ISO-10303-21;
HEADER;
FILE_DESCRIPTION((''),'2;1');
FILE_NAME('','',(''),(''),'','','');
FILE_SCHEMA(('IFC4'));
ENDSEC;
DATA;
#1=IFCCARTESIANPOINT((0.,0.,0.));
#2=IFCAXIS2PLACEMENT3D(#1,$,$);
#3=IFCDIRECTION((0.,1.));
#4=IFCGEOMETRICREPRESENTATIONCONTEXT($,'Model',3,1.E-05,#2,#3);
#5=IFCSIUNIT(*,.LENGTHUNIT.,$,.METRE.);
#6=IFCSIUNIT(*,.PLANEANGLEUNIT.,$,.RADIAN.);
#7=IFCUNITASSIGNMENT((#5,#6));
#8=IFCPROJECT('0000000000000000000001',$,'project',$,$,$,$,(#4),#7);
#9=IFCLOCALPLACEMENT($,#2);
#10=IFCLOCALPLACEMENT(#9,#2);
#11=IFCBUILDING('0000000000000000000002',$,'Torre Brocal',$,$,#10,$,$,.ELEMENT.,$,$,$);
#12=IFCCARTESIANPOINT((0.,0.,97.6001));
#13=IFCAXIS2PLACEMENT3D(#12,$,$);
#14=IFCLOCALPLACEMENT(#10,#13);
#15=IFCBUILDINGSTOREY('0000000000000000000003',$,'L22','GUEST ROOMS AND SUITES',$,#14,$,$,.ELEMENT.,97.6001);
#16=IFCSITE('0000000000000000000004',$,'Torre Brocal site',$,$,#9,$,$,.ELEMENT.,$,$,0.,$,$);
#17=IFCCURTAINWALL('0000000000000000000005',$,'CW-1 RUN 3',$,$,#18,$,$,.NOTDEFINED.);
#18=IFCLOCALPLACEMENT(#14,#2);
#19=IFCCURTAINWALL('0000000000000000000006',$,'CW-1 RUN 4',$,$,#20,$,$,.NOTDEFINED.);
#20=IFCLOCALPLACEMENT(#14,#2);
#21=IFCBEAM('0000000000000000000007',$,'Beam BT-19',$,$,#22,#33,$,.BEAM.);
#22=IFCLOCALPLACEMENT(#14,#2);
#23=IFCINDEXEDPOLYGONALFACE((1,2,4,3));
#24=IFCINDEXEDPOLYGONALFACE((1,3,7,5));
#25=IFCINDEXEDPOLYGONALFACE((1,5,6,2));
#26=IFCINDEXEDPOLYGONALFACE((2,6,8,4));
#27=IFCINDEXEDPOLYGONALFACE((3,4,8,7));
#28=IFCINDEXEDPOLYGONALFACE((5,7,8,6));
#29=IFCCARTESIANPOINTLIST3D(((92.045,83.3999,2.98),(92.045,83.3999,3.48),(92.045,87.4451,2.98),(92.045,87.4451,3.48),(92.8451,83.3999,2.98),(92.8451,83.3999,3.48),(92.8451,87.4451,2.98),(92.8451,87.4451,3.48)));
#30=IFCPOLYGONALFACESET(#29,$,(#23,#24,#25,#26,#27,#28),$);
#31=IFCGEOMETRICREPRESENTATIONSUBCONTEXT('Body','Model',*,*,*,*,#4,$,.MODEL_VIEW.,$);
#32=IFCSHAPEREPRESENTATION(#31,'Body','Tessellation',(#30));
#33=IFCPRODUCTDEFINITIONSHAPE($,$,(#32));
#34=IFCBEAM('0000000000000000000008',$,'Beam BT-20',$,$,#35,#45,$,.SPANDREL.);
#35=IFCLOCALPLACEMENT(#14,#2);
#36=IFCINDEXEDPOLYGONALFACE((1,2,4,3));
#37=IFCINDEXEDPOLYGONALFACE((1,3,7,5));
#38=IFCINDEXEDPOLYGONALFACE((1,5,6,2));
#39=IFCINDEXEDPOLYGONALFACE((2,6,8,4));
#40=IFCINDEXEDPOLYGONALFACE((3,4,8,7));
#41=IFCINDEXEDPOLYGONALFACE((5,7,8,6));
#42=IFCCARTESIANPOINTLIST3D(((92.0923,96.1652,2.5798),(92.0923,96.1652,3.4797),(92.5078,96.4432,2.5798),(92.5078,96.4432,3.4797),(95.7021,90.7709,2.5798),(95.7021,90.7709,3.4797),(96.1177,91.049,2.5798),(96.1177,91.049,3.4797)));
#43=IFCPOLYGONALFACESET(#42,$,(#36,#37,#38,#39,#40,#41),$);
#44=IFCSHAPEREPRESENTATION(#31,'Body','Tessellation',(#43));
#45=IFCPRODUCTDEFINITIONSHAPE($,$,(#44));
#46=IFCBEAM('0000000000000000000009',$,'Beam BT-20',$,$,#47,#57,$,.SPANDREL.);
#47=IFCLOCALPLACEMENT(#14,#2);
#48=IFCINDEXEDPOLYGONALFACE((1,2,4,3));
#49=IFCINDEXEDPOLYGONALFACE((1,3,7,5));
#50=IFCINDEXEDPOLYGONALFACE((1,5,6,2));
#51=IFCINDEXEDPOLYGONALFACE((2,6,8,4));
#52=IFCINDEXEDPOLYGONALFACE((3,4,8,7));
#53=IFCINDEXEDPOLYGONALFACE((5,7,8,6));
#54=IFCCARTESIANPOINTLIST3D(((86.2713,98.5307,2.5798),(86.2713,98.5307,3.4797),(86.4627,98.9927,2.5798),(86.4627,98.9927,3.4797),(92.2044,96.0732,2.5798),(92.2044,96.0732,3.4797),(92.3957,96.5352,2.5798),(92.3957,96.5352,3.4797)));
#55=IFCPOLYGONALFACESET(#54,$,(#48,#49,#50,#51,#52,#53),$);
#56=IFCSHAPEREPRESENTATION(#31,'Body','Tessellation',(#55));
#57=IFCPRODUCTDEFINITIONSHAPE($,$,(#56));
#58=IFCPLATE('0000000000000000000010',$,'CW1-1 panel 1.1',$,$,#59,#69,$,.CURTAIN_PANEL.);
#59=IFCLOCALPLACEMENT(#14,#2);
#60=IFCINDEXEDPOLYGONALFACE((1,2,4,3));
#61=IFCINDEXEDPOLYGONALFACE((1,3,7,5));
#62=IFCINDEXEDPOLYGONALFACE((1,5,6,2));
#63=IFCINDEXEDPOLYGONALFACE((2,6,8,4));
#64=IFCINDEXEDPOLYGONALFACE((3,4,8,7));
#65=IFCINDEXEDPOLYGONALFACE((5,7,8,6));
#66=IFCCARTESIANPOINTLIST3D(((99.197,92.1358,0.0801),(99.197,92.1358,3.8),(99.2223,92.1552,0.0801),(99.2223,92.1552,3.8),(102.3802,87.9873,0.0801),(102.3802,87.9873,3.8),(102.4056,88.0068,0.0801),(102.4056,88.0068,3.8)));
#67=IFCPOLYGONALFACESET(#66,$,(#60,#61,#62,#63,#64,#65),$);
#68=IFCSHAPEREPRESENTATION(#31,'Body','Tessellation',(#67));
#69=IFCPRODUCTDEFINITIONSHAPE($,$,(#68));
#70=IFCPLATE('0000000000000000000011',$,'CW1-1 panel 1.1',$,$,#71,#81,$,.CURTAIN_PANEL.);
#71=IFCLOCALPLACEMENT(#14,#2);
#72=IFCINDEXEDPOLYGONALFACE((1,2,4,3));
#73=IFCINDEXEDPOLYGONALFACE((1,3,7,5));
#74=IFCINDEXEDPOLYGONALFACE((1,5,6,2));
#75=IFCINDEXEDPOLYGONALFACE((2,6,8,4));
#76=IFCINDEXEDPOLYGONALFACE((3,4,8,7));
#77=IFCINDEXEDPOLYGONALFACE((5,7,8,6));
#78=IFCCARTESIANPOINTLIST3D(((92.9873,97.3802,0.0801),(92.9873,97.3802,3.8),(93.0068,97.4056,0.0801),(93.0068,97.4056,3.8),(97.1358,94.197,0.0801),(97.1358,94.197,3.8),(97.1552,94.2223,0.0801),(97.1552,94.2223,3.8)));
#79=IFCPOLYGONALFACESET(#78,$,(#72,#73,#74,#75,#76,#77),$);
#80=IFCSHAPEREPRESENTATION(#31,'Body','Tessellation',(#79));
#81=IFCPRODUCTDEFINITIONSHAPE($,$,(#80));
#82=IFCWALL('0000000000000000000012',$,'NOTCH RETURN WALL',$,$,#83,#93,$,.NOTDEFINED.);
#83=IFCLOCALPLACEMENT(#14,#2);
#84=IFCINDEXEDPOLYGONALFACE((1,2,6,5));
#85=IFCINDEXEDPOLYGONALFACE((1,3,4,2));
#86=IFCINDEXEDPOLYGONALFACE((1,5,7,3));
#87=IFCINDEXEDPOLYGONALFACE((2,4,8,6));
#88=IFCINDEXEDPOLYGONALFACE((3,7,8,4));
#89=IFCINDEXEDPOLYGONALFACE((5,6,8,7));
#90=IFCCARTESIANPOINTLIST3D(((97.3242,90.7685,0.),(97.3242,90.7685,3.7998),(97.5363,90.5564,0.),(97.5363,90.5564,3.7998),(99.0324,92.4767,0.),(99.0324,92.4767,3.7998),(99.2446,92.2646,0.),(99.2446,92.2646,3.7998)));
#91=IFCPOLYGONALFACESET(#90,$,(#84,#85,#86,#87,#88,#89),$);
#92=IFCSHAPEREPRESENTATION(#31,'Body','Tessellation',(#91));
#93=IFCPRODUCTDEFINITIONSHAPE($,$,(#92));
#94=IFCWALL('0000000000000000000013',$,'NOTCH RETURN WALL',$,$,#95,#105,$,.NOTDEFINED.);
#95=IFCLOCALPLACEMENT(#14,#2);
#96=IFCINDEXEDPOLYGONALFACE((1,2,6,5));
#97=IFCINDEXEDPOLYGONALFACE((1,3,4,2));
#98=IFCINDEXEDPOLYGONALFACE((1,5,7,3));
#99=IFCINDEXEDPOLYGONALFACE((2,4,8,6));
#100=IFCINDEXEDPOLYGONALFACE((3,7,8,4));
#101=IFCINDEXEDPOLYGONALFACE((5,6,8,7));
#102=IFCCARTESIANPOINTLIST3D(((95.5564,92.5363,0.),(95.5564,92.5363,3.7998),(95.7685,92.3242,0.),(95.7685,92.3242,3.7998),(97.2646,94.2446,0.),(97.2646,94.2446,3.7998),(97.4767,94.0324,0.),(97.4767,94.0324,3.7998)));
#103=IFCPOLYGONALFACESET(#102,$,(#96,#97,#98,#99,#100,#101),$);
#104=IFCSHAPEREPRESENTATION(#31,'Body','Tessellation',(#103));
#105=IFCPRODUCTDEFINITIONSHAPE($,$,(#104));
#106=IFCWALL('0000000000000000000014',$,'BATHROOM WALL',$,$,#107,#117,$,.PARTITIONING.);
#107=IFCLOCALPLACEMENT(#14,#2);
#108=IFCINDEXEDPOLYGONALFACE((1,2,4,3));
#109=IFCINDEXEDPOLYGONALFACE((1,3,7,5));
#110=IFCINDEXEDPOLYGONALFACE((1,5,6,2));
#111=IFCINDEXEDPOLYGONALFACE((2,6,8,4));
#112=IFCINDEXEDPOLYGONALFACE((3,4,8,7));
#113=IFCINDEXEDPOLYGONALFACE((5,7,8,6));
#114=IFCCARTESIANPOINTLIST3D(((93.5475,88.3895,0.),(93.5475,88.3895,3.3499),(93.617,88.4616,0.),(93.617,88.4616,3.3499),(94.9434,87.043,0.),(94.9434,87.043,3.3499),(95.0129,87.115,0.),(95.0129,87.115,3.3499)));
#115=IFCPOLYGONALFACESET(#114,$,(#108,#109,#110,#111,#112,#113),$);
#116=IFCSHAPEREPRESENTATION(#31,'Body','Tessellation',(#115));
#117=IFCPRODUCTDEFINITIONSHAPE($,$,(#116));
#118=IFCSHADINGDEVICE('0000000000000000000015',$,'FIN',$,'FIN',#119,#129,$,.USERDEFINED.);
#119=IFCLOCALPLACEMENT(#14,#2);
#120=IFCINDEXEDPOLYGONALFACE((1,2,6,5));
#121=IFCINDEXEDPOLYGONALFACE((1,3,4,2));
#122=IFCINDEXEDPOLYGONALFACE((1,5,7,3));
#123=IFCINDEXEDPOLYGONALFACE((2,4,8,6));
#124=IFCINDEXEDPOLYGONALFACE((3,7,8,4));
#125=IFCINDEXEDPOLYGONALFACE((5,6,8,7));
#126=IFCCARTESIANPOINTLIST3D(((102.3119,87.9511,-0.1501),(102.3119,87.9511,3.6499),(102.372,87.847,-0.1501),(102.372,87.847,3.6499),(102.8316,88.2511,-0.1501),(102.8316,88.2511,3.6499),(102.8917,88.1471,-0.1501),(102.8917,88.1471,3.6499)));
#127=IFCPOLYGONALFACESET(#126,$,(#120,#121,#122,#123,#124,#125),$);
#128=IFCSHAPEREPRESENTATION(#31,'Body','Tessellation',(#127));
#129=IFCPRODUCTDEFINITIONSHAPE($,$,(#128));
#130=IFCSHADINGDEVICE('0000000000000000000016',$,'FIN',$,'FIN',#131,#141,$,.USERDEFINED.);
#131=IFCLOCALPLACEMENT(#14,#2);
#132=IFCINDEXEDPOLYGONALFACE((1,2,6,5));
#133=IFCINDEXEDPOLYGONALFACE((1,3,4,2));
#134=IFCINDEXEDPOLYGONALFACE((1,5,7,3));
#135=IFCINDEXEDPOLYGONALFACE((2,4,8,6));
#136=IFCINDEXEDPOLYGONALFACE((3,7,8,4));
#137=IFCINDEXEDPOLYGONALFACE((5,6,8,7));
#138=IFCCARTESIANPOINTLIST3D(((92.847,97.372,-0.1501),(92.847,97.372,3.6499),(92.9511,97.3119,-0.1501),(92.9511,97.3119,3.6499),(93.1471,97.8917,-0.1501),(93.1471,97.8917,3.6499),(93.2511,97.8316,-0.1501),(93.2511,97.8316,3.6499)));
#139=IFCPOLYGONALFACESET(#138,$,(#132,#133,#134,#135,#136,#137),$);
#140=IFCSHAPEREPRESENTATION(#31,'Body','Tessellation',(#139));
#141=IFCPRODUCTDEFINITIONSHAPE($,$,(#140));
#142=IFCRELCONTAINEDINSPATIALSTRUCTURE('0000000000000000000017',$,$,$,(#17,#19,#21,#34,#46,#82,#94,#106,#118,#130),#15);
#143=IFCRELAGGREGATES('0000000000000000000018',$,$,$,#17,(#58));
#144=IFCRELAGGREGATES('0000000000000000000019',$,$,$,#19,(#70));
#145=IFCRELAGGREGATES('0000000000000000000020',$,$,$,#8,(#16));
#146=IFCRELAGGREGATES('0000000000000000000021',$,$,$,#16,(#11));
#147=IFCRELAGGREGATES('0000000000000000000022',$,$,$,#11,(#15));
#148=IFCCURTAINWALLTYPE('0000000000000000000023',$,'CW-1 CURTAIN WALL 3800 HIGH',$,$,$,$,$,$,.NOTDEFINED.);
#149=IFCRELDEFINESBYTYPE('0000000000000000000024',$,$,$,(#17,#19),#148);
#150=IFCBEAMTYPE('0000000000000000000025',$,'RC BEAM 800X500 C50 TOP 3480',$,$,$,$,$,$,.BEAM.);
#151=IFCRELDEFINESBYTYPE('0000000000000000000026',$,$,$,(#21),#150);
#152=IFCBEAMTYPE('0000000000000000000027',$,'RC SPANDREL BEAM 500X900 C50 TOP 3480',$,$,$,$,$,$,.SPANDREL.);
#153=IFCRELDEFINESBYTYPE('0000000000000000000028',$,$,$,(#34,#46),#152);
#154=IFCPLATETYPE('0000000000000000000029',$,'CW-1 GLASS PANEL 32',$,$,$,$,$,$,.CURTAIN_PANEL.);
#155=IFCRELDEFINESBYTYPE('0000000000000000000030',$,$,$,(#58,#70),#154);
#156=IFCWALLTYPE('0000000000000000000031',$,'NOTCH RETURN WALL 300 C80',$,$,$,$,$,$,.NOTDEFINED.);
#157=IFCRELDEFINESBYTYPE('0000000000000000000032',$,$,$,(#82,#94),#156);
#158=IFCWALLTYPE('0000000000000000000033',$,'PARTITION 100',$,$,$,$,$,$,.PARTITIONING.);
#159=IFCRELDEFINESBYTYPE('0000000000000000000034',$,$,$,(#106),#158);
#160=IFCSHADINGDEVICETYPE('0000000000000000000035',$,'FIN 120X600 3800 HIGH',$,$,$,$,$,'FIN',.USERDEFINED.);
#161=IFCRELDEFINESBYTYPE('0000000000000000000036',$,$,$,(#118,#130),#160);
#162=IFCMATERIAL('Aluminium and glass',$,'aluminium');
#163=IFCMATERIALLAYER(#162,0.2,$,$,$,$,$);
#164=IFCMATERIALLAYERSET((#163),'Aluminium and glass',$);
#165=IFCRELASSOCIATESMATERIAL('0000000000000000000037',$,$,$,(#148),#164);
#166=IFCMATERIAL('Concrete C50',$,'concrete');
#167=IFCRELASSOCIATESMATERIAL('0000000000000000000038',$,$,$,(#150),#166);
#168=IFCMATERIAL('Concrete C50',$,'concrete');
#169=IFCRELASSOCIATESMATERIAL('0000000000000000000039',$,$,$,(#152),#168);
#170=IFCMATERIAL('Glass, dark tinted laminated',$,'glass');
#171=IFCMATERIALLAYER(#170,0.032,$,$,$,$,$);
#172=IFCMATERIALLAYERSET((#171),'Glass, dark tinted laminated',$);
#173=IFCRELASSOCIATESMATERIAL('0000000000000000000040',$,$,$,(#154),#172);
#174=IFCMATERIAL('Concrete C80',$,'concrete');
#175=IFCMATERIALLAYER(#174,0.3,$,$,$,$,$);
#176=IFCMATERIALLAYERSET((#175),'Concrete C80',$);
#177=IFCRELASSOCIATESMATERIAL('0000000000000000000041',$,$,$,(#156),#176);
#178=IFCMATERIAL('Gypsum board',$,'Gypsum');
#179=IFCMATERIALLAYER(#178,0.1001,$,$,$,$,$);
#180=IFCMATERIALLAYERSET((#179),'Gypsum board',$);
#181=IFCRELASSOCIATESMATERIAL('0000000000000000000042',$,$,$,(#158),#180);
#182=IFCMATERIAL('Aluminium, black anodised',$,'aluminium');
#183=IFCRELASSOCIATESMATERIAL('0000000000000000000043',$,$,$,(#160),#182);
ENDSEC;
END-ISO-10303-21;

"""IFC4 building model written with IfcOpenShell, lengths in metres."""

from ifc_helpers import new_model, si_unit, direction, frame, frame_2d, origin, origin_2d, place, context, subcontext, project, spatial, rectangle, extrude, material, layer, layer_set, material_profile, profile_set, type_object, element, aggregate, save


model = new_model("IFC4")

# Units and contexts
model_context = context("Model", 3, precision=1e-05, world=origin(), true_north=direction((0.0, 1.0)))
body_context = subcontext(model_context, "Body", "Model", "MODEL_VIEW")
ifc_project = project(units=[si_unit("LENGTHUNIT", "METRE"), si_unit("PLANEANGLEUNIT", "RADIAN")], contexts=[model_context])

# Site, building, storey
site_placement = place(None, origin())
site = spatial("IfcSite", under=ifc_project, at=site_placement, Name="Torre Brocal site", CompositionType="ELEMENT", RefElevation=0.0)
building_placement = place(site_placement, origin())
building = spatial("IfcBuilding", under=site, at=building_placement, Name="Torre Brocal", CompositionType="ELEMENT")
storey_placement = place(building_placement, frame((0.0, 0.0, 97.6001)))
storey = spatial("IfcBuildingStorey", under=building, at=storey_placement, Name="L22", Description="GUEST ROOMS AND SUITES", CompositionType="ELEMENT", Elevation=97.6001)

# Shared definitions
ifc_material_1 = material(Name="Aluminium and glass", Category="aluminium")
ifc_layer_1 = layer(ifc_material_1, 0.2)
ifc_layer_set_1 = layer_set([ifc_layer_1], Name="Aluminium and glass")
curtain_wall_type = type_object("IfcCurtainWallType", Name="CW-1 CURTAIN WALL 3800 HIGH", PredefinedType="NOTDEFINED", material=ifc_layer_set_1)

# Curtain walls
curtain_wall_1_placement = place(storey_placement, origin())
curtain_wall_1 = element("IfcCurtainWall", 1, at=curtain_wall_1_placement, inside=storey, type_object=curtain_wall_type, Name="CW-1 RUN 3", PredefinedType="NOTDEFINED")
curtain_wall_2_placement = place(storey_placement, origin())
curtain_wall_2 = element("IfcCurtainWall", 2, at=curtain_wall_2_placement, inside=storey, type_object=curtain_wall_type, Name="CW-1 RUN 4", PredefinedType="NOTDEFINED")

# Beams
ifc_material_2 = material(Name="Concrete C50", Category="concrete")
ifc_material_profile_1 = material_profile(ifc_material_2, rectangle(XDim=0.8, YDim=0.5, at=origin_2d()), Name="RC 800X500")
ifc_profile_set_1 = profile_set([ifc_material_profile_1], Name="Concrete C50")
beam_type_1 = type_object("IfcBeamType", Name="RC BEAM 800X500 C50 TOP 3480", PredefinedType="BEAM", material=ifc_profile_set_1)
beam_1_placement = place(storey_placement, frame((92.4451, 87.4451, 3.23), z_axis=(0.0, -1.0, 0.0), x_axis=(1.0, 0.0, 0.0)))
element("IfcBeam", 3, at=beam_1_placement, inside=storey, type_object=beam_type_1, Name="Beam BT-19", PredefinedType="BEAM", context=body_context, shape_type="SweptSolid", body=[
    extrude(rectangle(XDim=0.8, YDim=0.5, at=origin_2d()), origin(), (0.0, 0.0, 1.0), 4.0452),
])
ifc_material_3 = material(Name="Concrete C50", Category="concrete")
ifc_material_profile_2 = material_profile(ifc_material_3, rectangle(XDim=0.5, YDim=0.8999, at=origin_2d()), Name="RC 500X900")
ifc_profile_set_2 = profile_set([ifc_material_profile_2], Name="Concrete C50")
beam_type_2 = type_object("IfcBeamType", Name="RC SPANDREL BEAM 500X900 C50 TOP 3480", PredefinedType="SPANDREL", material=ifc_profile_set_2)
beam_2_placement = place(storey_placement, frame((95.9099, 90.9099, 3.0298), z_axis=(-0.556158, 0.831077, 0.0), x_axis=(-0.831077, -0.556158, 0.0)))
element("IfcBeam", 4, at=beam_2_placement, inside=storey, type_object=beam_type_2, Name="Beam BT-20", PredefinedType="SPANDREL", context=body_context, shape_type="SweptSolid", body=[
    extrude(rectangle(XDim=0.5, YDim=0.8999, at=origin_2d()), origin(), (0.0, 0.0, 1.0), 6.4907),
])
beam_3_placement = place(storey_placement, frame((92.3, 96.3042, 3.0298), z_axis=(-0.923882, 0.382676, 0.0), x_axis=(-0.382676, -0.923882, 0.0)))
element("IfcBeam", 5, at=beam_3_placement, inside=storey, type_object=beam_type_2, Name="Beam BT-20", PredefinedType="SPANDREL", context=body_context, shape_type="SweptSolid", body=[
    extrude(rectangle(XDim=0.5, YDim=0.8999, at=origin_2d()), origin(), (0.0, 0.0, 1.0), 6.4219),
])

# Plates
ifc_material_4 = material(Name="Glass, dark tinted laminated", Category="glass")
ifc_layer_2 = layer(ifc_material_4, 0.032)
ifc_layer_set_2 = layer_set([ifc_layer_2], Name="Glass, dark tinted laminated")
plate_type = type_object("IfcPlateType", Name="CW-1 GLASS PANEL 32", PredefinedType="CURTAIN_PANEL", material=ifc_layer_set_2)
plate_1_placement = place(storey_placement, frame((100.8013, 90.0713, 0.0801), z_axis=(0.0, 0.0, 1.0), x_axis=(-0.608761, 0.793353, 0.0)))
plate_1 = element("IfcPlate", 6, at=plate_1_placement, type_object=plate_type, Name="CW1-1 panel 1.1", PredefinedType="CURTAIN_PANEL", context=body_context, shape_type="SweptSolid", body=[
    extrude(rectangle(XDim=5.229, YDim=0.032, at=origin_2d()), origin(), (0.0, 0.0, 1.0), 3.72),
])
aggregate(curtain_wall_1, [plate_1])
plate_2_placement = place(storey_placement, frame((95.0713, 95.8013, 0.0801), z_axis=(0.0, 0.0, 1.0), x_axis=(-0.793353, 0.608761, 0.0)))
plate_2 = element("IfcPlate", 7, at=plate_2_placement, type_object=plate_type, Name="CW1-1 panel 1.1", PredefinedType="CURTAIN_PANEL", context=body_context, shape_type="SweptSolid", body=[
    extrude(rectangle(XDim=5.229, YDim=0.032, at=origin_2d()), origin(), (0.0, 0.0, 1.0), 3.72),
])
aggregate(curtain_wall_2, [plate_2])

# Walls
ifc_material_5 = material(Name="Concrete C80", Category="concrete")
ifc_layer_3 = layer(ifc_material_5, 0.3)
ifc_layer_set_3 = layer_set([ifc_layer_3], Name="Concrete C80")
wall_type_1 = type_object("IfcWallType", Name="NOTCH RETURN WALL 300 C80", PredefinedType="NOTDEFINED", material=ifc_layer_set_3)
for number, where, z_axis, x_axis, name in (
    (8, (97.4302, 90.6624, 0.0), (0.0, 0.0, 1.0), (0.707107, 0.707107, 0.0), "NOTCH RETURN WALL"),
    (9, (95.6624, 92.4302, 0.0), (0.0, 0.0, 1.0), (0.707107, 0.707107, 0.0), "NOTCH RETURN WALL"),
):
    element("IfcWall", number, at=place(storey_placement, frame(where, z_axis=z_axis, x_axis=x_axis)), inside=storey, type_object=wall_type_1, Name=name, PredefinedType="NOTDEFINED", context=body_context, shape_type="SweptSolid", body=[
        extrude(rectangle(XDim=2.4158, YDim=0.3, at=frame_2d((1.208, 0.0))), origin(), (0.0, 0.0, 1.0), 3.7998),
    ])
ifc_material_6 = material(Name="Gypsum board", Category="Gypsum")
ifc_layer_4 = layer(ifc_material_6, 0.1001)
ifc_layer_set_4 = layer_set([ifc_layer_4], Name="Gypsum board")
wall_type_2 = type_object("IfcWallType", Name="PARTITION 100", PredefinedType="PARTITIONING", material=ifc_layer_set_4)
wall_placement = place(storey_placement, frame((93.5823, 88.4255, 0.0), z_axis=(0.0, 0.0, 1.0), x_axis=(0.719707, -0.694278, 0.0)))
element("IfcWall", 10, at=wall_placement, inside=storey, type_object=wall_type_2, Name="BATHROOM WALL", PredefinedType="PARTITIONING", context=body_context, shape_type="SweptSolid", body=[
    extrude(rectangle(XDim=1.9395, YDim=0.1001, at=frame_2d((0.9697, 0.0))), origin(), (0.0, 0.0, 1.0), 3.3499),
])

# Shading devices
ifc_material_7 = material(Name="Aluminium, black anodised", Category="aluminium")
ifc_material_profile_3 = material_profile(ifc_material_7, rectangle(XDim=0.1201, YDim=0.6001, at=origin_2d()), Name="FIN 120X600 3800 HIGH")
ifc_profile_set_3 = profile_set([ifc_material_profile_3], Name="Aluminium, black anodised")
shading_device_type = type_object("IfcShadingDeviceType", Name="FIN 120X600 3800 HIGH", ElementType="FIN", PredefinedType="USERDEFINED", material=ifc_profile_set_3)
for number, where, z_axis, x_axis, name in (
    (11, (102.6018, 88.0491, -0.1501), (0.0, 0.0, 1.0), (-0.5, 0.866025, 0.0), "FIN"),
    (12, (93.0491, 97.6018, -0.1501), (0.0, 0.0, 1.0), (-0.866025, 0.5, 0.0), "FIN"),
):
    element("IfcShadingDevice", number, at=place(storey_placement, frame(where, z_axis=z_axis, x_axis=x_axis)), inside=storey, type_object=shading_device_type, Name=name, ObjectType="FIN", PredefinedType="USERDEFINED", context=body_context, shape_type="SweptSolid", body=[
        extrude(rectangle(XDim=0.1201, YDim=0.6001, at=origin_2d()), origin(), (0.0, 0.0, 1.0), 3.8),
    ])

save(model, "model.ifc")
